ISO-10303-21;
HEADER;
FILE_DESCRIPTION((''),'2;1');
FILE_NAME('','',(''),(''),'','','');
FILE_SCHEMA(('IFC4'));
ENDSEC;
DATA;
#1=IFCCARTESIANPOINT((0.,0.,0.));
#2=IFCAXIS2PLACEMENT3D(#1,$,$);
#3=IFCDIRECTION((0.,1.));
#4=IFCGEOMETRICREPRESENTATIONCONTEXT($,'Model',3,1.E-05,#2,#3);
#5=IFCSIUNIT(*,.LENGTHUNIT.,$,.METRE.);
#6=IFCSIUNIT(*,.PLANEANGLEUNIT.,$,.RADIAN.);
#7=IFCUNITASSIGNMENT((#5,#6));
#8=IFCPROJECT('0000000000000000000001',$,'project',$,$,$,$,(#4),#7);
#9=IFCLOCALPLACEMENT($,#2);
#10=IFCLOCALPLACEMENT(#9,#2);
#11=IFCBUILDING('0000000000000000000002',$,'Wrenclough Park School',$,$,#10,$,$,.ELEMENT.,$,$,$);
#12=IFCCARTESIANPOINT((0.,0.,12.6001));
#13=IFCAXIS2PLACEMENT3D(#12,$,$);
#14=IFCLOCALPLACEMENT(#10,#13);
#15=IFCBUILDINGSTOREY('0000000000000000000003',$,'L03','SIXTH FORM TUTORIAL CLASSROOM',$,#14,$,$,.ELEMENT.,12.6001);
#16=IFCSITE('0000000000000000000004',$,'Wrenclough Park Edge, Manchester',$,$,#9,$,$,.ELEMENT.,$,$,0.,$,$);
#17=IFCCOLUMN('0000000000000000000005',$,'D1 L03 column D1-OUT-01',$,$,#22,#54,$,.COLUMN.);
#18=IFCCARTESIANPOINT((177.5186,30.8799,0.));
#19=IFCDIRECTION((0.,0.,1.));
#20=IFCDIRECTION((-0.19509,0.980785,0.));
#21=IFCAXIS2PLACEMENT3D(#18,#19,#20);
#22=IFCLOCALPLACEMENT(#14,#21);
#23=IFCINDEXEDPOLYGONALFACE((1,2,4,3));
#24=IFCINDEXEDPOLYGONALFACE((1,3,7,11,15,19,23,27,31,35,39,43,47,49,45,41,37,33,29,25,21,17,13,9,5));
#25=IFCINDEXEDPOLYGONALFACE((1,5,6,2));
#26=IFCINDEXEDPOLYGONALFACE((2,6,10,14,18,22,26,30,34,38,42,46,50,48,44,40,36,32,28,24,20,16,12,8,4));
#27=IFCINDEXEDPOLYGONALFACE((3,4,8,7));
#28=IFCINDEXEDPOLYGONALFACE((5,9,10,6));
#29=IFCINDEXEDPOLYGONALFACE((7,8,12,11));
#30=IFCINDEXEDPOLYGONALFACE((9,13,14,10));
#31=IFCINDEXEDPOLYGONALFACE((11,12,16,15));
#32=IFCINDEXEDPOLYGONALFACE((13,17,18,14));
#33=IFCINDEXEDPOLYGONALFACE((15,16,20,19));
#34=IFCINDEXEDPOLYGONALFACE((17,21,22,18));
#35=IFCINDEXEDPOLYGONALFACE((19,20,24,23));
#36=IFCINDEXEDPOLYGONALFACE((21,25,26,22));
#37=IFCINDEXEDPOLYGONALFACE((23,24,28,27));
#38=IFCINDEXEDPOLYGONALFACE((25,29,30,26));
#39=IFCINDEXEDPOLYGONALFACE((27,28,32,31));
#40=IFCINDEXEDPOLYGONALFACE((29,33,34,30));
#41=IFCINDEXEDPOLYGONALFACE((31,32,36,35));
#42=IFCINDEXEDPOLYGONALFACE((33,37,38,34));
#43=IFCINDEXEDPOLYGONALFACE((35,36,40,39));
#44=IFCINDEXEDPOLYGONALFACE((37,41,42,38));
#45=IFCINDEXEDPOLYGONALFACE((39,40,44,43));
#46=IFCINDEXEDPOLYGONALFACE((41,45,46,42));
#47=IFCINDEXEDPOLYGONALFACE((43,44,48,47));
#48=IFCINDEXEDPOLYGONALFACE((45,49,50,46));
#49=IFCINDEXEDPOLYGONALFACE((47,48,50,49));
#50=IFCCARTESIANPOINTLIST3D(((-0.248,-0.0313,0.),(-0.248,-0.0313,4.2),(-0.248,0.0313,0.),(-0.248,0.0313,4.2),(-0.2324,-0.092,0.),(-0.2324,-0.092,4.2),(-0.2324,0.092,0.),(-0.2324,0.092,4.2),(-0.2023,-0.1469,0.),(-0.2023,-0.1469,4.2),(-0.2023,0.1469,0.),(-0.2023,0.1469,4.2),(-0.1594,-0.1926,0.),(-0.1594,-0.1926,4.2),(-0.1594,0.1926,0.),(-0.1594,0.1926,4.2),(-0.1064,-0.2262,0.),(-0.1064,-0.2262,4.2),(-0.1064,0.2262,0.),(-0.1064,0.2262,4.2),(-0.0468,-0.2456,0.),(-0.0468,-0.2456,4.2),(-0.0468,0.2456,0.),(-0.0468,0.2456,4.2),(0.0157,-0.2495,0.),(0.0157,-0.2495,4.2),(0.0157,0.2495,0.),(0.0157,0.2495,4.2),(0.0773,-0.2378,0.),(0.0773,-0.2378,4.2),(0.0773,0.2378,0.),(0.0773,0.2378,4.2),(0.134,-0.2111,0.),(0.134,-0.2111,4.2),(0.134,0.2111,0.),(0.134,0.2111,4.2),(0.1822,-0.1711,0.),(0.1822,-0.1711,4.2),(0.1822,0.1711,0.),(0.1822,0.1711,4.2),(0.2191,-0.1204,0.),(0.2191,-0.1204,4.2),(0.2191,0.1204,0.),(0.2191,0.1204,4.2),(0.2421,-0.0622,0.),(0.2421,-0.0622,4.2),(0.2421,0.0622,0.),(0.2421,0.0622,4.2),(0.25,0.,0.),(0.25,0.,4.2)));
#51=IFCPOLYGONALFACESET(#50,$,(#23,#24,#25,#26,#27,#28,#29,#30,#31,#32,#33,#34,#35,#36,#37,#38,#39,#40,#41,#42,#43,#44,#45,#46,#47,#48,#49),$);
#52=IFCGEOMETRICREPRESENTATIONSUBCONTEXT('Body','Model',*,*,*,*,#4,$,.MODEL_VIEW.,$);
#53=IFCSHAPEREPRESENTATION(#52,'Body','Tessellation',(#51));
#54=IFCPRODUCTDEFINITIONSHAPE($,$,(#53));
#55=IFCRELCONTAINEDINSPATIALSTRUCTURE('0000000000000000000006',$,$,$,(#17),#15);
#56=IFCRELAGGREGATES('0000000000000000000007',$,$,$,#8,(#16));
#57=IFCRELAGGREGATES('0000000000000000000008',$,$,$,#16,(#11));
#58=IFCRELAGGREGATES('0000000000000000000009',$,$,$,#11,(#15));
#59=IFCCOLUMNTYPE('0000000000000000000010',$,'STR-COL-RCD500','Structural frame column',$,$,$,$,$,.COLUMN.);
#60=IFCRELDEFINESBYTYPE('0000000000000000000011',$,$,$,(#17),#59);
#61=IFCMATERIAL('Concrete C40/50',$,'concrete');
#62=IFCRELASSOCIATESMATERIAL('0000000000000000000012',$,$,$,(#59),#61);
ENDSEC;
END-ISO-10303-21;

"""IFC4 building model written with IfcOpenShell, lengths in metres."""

from ifc_helpers import new_model, si_unit, direction, frame, origin, origin_2d, place, context, subcontext, project, spatial, circle, extrude, material, material_profile, profile_set, type_object, element, save


model = new_model("IFC4")

# Units and contexts
model_context = context("Model", 3, precision=1e-05, world=origin(), true_north=direction((0.0, 1.0)))
body_context = subcontext(model_context, "Body", "Model", "MODEL_VIEW")
ifc_project = project(units=[si_unit("LENGTHUNIT", "METRE"), si_unit("PLANEANGLEUNIT", "RADIAN")], contexts=[model_context])

# Site, building, storey
site_placement = place(None, origin())
site = spatial("IfcSite", under=ifc_project, at=site_placement, Name="Wrenclough Park Edge, Manchester", CompositionType="ELEMENT", RefElevation=0.0)
building_placement = place(site_placement, origin())
building = spatial("IfcBuilding", under=site, at=building_placement, Name="Wrenclough Park School", CompositionType="ELEMENT")
storey_placement = place(building_placement, frame((0.0, 0.0, 12.6001)))
storey = spatial("IfcBuildingStorey", under=building, at=storey_placement, Name="L03", Description="SIXTH FORM TUTORIAL CLASSROOM", CompositionType="ELEMENT", Elevation=12.6001)

# Column
ifc_material_1 = material(Name="Concrete C40/50", Category="concrete")
ifc_material_profile_1 = material_profile(ifc_material_1, circle(Radius=0.25, at=origin_2d()), Name="RC COL D500")
ifc_profile_set_1 = profile_set([ifc_material_profile_1], Name="Concrete C40/50")
column_type_1 = type_object("IfcColumnType", Name="STR-COL-RCD500", Description="Structural frame column", PredefinedType="COLUMN", material=ifc_profile_set_1)
column_1_placement = place(storey_placement, frame((177.5186, 30.8799, 0.0), z_axis=(0.0, 0.0, 1.0), x_axis=(-0.19509, 0.980785, 0.0)))
element("IfcColumn", 1, at=column_1_placement, inside=storey, type_object=column_type_1, Name="D1 L03 column D1-OUT-01", PredefinedType="COLUMN", context=body_context, shape_type="SweptSolid", body=[
    extrude(circle(Radius=0.25, at=origin_2d()), origin(), (0.0, 0.0, 1.0), 4.2),
])

save(model, "model.ifc")
